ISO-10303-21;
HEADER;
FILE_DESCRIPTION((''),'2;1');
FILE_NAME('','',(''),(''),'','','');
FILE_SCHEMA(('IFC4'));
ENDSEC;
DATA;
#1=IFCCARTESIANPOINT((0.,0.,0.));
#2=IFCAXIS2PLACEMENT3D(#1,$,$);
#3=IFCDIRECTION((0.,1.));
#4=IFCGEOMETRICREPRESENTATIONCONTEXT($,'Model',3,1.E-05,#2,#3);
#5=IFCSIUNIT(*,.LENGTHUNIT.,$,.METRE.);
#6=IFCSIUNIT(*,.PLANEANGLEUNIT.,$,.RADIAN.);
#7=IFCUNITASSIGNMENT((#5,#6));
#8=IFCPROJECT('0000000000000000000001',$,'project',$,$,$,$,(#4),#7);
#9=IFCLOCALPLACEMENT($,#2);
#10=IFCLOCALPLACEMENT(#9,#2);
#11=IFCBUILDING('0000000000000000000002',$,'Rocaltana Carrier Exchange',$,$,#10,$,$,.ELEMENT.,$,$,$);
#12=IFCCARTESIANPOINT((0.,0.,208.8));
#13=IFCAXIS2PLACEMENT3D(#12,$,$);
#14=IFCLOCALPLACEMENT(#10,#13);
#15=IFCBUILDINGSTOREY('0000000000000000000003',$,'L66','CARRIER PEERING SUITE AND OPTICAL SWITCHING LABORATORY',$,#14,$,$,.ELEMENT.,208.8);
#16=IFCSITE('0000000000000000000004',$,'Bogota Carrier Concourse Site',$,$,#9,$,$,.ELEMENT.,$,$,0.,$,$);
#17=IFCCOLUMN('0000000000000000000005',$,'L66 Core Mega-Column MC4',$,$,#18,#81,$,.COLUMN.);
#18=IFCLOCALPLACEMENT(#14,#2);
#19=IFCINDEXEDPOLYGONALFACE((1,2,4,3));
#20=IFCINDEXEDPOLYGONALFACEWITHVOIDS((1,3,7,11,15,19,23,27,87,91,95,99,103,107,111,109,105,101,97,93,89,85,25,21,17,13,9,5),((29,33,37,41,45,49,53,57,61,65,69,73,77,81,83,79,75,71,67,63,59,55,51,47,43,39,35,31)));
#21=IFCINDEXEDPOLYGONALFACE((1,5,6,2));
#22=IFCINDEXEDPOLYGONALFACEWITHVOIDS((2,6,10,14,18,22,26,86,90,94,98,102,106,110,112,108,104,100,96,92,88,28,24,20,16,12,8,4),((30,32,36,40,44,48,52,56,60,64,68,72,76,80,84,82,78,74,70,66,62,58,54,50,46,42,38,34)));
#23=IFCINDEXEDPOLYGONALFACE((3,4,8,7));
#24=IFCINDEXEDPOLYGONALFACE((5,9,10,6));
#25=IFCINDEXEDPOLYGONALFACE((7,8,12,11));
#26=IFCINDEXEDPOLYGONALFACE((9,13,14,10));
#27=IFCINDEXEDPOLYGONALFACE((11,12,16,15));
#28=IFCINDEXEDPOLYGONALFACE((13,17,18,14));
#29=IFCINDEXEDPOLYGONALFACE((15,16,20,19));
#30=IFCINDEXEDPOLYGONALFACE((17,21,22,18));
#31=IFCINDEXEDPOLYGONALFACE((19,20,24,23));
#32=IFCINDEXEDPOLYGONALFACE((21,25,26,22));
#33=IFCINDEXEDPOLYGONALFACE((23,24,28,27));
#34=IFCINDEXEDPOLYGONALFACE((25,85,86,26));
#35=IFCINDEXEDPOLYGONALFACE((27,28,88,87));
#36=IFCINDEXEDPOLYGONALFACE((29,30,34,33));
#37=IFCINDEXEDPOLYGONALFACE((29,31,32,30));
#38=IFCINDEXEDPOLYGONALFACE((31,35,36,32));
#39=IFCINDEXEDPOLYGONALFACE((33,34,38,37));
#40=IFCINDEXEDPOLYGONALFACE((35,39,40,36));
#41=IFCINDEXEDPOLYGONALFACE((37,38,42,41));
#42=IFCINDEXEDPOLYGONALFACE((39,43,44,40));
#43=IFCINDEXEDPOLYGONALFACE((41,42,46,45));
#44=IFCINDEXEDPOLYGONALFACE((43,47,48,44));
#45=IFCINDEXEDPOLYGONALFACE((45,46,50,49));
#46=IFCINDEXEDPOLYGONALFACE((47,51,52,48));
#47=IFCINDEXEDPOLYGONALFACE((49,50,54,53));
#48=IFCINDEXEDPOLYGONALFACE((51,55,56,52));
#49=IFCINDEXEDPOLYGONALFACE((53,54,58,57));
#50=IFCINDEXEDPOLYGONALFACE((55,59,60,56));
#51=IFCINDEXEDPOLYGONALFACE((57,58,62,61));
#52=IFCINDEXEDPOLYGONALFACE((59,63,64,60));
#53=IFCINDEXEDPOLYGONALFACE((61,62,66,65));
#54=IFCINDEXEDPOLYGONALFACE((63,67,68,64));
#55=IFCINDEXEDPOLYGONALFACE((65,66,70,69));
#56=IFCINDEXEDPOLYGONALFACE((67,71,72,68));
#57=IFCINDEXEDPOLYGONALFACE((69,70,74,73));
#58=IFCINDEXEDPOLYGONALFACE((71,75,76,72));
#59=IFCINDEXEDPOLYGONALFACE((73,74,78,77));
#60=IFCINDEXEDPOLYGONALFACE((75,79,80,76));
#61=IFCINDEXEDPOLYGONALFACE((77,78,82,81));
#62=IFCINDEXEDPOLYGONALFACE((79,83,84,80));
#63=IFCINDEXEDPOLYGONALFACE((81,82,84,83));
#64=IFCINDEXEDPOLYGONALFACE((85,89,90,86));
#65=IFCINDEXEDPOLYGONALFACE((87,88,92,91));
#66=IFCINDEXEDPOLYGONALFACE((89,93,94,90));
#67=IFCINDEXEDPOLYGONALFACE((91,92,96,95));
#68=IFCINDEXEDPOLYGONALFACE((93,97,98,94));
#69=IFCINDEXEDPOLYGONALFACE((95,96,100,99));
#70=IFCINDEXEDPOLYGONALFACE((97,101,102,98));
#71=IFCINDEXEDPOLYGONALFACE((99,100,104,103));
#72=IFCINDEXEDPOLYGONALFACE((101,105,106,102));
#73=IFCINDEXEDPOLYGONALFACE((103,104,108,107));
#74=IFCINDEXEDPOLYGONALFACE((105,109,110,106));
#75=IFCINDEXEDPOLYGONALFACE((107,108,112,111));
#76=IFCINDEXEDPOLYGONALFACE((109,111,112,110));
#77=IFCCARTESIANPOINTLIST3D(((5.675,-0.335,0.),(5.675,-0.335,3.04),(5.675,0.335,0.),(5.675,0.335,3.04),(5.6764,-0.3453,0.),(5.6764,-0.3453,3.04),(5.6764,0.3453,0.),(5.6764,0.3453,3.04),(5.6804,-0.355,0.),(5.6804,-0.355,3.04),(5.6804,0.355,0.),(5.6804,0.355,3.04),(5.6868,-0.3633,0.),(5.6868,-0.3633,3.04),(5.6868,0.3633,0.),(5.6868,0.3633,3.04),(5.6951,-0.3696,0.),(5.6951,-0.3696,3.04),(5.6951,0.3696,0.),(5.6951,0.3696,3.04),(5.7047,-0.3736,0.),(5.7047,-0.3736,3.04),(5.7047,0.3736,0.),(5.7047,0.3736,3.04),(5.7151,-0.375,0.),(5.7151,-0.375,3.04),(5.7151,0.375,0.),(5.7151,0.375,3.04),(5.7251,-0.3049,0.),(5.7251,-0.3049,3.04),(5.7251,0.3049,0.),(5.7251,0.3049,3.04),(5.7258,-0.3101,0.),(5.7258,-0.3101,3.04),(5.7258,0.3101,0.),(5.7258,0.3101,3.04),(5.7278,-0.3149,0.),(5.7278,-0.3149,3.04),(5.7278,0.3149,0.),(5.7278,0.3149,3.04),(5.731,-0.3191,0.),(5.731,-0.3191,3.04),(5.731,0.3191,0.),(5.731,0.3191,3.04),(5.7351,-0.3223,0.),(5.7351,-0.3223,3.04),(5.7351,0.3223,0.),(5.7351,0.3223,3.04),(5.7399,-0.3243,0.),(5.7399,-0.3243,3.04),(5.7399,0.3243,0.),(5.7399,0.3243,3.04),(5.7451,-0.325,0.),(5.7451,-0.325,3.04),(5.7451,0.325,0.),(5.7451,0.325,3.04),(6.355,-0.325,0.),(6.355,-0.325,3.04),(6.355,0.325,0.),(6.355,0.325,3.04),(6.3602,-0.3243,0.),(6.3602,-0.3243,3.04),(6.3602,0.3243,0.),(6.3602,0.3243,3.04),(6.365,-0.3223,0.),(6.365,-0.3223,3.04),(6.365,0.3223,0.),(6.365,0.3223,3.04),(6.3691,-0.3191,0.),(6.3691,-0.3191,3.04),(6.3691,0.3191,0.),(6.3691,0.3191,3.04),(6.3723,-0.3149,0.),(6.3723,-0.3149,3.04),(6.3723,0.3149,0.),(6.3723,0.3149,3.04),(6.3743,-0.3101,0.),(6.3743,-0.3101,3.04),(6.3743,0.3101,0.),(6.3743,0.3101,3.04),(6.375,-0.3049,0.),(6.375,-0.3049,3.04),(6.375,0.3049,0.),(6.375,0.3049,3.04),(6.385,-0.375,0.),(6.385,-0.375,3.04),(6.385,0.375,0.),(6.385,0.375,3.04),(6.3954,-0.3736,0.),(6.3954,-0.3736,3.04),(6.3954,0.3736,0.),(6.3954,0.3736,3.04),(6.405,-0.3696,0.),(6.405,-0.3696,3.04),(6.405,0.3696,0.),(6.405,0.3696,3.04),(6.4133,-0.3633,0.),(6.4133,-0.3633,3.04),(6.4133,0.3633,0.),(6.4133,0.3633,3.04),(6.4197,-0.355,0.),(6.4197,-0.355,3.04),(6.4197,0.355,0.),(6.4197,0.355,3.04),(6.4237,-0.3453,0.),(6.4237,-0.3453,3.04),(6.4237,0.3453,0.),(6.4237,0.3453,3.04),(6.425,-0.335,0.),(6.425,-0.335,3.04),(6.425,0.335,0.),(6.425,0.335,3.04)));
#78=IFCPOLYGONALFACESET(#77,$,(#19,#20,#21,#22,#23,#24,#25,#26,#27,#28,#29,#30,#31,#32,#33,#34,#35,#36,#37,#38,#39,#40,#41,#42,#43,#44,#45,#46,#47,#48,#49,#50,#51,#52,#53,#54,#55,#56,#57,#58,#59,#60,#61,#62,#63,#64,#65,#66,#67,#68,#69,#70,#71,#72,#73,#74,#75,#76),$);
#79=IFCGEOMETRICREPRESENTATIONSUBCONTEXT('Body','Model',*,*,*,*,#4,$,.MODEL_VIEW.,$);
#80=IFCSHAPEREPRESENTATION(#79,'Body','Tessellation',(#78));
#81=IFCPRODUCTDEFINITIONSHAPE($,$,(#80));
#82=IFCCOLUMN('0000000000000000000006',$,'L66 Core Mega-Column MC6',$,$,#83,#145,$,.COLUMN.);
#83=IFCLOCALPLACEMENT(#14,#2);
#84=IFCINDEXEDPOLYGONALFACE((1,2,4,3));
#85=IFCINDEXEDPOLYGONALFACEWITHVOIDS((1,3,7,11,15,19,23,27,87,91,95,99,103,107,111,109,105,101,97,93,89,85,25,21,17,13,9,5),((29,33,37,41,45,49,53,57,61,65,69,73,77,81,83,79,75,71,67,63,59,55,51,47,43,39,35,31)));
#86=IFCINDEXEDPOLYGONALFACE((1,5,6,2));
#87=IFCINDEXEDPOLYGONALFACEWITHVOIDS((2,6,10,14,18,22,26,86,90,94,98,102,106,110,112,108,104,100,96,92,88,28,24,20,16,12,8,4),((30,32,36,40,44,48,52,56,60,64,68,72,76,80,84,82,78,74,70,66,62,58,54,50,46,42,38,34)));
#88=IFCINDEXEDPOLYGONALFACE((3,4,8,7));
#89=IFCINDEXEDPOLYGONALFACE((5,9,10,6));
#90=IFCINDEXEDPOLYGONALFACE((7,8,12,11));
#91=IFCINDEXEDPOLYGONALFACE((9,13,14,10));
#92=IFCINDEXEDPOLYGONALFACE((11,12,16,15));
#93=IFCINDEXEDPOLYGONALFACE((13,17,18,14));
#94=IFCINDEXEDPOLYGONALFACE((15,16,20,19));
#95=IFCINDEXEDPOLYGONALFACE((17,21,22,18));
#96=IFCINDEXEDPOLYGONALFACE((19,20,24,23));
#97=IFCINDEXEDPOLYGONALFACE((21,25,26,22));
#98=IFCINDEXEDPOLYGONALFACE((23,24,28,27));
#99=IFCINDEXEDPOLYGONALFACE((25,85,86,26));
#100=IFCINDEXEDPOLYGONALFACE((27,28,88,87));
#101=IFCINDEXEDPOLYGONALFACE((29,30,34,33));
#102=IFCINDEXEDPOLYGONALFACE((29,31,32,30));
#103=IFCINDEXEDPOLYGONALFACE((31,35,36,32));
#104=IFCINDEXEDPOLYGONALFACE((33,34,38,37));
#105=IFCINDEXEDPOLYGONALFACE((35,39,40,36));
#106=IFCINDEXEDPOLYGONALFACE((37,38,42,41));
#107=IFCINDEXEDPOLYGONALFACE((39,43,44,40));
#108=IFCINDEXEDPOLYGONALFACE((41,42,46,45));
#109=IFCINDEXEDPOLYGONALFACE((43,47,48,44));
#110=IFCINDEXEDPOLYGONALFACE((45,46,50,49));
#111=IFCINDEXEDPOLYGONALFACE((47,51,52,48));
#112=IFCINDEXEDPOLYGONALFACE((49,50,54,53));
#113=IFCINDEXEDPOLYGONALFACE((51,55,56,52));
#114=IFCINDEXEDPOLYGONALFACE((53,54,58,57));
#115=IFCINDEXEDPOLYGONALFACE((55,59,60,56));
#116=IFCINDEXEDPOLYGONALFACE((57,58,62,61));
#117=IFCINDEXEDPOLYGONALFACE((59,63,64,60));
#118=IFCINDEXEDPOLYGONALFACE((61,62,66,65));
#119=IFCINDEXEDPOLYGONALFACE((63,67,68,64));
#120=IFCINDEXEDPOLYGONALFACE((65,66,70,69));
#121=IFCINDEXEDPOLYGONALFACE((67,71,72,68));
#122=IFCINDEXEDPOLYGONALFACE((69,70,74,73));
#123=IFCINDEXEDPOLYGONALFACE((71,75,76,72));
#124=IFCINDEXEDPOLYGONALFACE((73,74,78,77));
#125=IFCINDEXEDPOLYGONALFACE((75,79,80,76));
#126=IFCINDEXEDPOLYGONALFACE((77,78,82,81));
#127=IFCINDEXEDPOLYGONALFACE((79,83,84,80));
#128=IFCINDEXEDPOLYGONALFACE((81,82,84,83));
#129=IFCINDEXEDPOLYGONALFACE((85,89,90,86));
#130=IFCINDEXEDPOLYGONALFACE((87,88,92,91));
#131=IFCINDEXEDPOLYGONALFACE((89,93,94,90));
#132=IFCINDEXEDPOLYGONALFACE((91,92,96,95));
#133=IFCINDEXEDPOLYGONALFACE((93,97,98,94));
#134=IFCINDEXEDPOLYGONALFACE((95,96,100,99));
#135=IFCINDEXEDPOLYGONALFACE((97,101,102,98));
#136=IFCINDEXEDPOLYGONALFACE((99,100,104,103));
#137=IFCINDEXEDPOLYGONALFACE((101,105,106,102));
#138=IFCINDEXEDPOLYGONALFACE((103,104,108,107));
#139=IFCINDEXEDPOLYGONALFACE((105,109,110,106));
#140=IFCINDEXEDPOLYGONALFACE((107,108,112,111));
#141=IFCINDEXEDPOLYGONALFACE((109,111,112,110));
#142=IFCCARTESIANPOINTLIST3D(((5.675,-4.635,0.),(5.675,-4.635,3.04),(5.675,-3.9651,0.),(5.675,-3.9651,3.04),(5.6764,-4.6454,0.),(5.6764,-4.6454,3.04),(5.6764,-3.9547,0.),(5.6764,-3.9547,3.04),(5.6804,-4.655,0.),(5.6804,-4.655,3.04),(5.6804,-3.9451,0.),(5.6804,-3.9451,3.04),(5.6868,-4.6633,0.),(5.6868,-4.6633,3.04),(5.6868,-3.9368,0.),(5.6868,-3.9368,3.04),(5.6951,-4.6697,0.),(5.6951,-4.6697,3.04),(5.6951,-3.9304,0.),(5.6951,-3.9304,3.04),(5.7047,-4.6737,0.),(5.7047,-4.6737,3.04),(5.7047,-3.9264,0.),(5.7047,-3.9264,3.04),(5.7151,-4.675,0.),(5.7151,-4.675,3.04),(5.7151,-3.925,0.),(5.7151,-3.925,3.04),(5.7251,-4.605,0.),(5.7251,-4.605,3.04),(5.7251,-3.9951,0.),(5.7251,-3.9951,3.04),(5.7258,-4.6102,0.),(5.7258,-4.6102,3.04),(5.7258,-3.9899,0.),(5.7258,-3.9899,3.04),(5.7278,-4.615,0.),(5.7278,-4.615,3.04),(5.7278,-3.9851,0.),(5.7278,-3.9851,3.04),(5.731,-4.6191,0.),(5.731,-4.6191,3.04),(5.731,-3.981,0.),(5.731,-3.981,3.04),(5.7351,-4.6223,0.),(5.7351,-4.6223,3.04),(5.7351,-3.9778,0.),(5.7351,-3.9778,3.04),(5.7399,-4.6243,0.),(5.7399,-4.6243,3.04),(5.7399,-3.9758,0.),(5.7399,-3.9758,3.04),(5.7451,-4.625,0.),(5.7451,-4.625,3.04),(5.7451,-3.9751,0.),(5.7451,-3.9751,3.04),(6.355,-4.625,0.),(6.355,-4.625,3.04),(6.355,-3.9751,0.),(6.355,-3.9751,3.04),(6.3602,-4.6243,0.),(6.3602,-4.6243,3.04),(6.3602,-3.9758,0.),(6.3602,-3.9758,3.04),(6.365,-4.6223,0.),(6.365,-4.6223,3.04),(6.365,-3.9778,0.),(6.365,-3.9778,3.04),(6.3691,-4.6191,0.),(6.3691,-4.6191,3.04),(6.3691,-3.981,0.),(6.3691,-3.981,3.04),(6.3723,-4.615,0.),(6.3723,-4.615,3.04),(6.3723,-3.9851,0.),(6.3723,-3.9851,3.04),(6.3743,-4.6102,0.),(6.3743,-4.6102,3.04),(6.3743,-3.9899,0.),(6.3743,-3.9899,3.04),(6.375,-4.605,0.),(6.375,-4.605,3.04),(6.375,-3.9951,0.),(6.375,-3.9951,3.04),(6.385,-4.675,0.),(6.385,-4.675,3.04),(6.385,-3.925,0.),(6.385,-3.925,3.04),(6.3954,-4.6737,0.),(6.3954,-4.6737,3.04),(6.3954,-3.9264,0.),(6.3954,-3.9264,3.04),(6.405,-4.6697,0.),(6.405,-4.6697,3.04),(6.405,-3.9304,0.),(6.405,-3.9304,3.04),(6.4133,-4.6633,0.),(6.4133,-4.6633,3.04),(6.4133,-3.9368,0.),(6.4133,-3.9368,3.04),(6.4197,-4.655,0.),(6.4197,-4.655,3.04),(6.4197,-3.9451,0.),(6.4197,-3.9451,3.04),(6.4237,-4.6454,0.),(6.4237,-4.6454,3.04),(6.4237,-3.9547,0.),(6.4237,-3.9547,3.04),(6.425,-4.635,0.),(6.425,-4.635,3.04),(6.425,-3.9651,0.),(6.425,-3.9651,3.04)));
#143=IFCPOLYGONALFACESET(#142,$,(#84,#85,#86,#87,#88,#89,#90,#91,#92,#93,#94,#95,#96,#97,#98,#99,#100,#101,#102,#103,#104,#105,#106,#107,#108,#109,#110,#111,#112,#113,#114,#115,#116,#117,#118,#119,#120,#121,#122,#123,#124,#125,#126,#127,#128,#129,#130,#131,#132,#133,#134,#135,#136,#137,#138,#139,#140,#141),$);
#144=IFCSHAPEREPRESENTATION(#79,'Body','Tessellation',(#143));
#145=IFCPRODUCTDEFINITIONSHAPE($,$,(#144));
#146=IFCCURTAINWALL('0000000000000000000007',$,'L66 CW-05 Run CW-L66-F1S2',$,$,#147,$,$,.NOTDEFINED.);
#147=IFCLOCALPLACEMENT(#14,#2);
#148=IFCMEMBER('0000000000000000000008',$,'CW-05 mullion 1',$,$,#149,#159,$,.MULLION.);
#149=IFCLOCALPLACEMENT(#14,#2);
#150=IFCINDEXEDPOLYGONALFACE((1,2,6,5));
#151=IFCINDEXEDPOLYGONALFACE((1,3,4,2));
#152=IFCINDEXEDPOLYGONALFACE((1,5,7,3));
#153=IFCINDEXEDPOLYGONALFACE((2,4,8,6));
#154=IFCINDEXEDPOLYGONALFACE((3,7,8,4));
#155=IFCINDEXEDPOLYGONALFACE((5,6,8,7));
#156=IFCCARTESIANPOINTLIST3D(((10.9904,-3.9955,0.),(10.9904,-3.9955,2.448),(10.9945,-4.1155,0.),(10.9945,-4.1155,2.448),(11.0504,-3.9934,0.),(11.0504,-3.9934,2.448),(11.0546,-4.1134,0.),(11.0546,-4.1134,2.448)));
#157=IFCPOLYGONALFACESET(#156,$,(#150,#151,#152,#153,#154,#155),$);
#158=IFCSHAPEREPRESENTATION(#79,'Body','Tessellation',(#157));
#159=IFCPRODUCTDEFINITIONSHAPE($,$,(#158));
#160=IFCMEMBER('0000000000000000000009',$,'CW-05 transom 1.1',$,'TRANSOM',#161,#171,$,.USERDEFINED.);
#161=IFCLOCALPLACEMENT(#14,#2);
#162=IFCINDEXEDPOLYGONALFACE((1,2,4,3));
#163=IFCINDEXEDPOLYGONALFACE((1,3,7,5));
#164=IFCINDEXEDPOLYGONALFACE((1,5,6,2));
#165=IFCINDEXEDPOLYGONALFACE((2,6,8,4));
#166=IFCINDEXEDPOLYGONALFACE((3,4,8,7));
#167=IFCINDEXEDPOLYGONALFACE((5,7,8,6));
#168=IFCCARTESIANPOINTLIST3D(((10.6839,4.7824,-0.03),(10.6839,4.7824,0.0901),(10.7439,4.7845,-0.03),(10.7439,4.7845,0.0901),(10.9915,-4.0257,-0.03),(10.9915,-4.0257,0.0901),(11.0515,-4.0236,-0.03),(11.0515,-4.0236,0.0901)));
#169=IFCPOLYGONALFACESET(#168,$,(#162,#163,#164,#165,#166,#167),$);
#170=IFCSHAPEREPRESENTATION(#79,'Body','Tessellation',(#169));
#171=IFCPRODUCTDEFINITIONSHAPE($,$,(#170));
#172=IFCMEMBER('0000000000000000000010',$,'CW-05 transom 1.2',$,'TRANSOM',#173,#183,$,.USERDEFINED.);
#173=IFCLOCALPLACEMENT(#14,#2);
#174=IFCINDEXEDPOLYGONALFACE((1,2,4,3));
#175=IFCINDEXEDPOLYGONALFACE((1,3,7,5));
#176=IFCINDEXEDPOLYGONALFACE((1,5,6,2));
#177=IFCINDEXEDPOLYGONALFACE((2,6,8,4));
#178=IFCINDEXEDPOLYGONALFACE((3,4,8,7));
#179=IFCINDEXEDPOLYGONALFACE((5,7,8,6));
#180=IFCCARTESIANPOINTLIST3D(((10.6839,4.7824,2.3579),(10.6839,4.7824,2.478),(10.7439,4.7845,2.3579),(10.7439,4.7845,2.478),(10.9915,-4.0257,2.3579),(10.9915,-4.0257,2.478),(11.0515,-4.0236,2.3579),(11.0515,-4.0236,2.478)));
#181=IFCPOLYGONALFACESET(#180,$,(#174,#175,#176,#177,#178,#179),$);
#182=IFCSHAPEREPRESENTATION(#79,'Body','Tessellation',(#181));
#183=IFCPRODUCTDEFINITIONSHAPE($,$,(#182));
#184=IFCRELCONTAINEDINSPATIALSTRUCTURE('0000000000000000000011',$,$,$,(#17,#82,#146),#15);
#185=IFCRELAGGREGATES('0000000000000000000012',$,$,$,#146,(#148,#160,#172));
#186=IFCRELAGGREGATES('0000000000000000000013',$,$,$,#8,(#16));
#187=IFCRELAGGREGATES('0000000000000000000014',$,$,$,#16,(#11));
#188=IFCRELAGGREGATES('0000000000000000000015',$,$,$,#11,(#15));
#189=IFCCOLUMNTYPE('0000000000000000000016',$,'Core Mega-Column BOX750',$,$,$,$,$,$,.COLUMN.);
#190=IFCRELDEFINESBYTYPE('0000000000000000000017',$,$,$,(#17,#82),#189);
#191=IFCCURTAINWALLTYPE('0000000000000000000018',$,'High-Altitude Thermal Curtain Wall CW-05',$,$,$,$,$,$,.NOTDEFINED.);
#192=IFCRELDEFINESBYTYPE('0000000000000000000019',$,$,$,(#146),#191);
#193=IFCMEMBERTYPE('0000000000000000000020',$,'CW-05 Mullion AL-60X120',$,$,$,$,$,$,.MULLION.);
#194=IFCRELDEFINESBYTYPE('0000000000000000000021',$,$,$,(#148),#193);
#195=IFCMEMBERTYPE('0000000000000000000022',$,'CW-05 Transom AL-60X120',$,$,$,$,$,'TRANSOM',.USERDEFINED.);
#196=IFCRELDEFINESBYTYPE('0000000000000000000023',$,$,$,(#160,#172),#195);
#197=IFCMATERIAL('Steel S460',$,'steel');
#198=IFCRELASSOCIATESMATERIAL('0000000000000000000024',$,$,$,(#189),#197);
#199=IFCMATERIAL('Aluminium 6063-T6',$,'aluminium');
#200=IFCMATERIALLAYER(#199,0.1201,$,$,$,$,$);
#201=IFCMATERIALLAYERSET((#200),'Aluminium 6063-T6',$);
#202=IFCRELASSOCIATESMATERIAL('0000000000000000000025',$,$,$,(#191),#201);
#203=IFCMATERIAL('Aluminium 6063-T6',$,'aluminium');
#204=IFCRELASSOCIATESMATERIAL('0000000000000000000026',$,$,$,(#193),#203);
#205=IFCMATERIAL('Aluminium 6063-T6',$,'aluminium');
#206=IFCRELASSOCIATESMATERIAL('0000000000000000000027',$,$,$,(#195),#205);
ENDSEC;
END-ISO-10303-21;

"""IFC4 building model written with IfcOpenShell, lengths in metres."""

from ifc_helpers import new_model, si_unit, direction, frame, origin, origin_2d, place, context, subcontext, project, spatial, rectangle, hollow_rectangle, extrude, material, layer, layer_set, material_profile, profile_set, type_object, element, aggregate, save


model = new_model("IFC4")

# Units and contexts
model_context = context("Model", 3, precision=1e-05, world=origin(), true_north=direction((0.0, 1.0)))
body_context = subcontext(model_context, "Body", "Model", "MODEL_VIEW")
ifc_project = project(units=[si_unit("LENGTHUNIT", "METRE"), si_unit("PLANEANGLEUNIT", "RADIAN")], contexts=[model_context])

# Site, building, storey
site_placement = place(None, origin())
site = spatial("IfcSite", under=ifc_project, at=site_placement, Name="Bogota Carrier Concourse Site", CompositionType="ELEMENT", RefElevation=0.0)
building_placement = place(site_placement, origin())
building = spatial("IfcBuilding", under=site, at=building_placement, Name="Rocaltana Carrier Exchange", CompositionType="ELEMENT")
storey_placement = place(building_placement, frame((0.0, 0.0, 208.8)))
storey = spatial("IfcBuildingStorey", under=building, at=storey_placement, Name="L66", Description="CARRIER PEERING SUITE AND OPTICAL SWITCHING LABORATORY", CompositionType="ELEMENT", Elevation=208.8)

# Columns
ifc_material_1 = material(Name="Steel S460", Category="steel")
ifc_material_profile_1 = material_profile(ifc_material_1, hollow_rectangle(XDim=0.75, YDim=0.75, WallThickness=0.05, InnerFilletRadius=0.02, OuterFilletRadius=0.04, at=origin_2d()), Name="BOX750X750X50")
ifc_profile_set_1 = profile_set([ifc_material_profile_1], Name="Steel S460")
column_type = type_object("IfcColumnType", Name="Core Mega-Column BOX750", PredefinedType="COLUMN", material=ifc_profile_set_1)
for number, where, z_axis, x_axis, name in (
    (1, (6.05, 0.0, 0.0), (0.0, 0.0, 1.0), (1.0, 0.0, 0.0), "L66 Core Mega-Column MC4"),
    (2, (6.05, -4.3, 0.0), (0.0, 0.0, 1.0), (1.0, 0.0, 0.0), "L66 Core Mega-Column MC6"),
):
    element("IfcColumn", number, at=place(storey_placement, frame(where, z_axis=z_axis, x_axis=x_axis)), inside=storey, type_object=column_type, Name=name, PredefinedType="COLUMN", context=body_context, shape_type="SweptSolid", body=[
        extrude(hollow_rectangle(XDim=0.75, YDim=0.75, WallThickness=0.05, InnerFilletRadius=0.02, OuterFilletRadius=0.04, at=origin_2d()), origin(), (0.0, 0.0, 1.0), 3.04),
    ])

# Curtain wall, members
ifc_material_2 = material(Name="Aluminium 6063-T6", Category="aluminium")
ifc_layer_1 = layer(ifc_material_2, 0.1201)
ifc_layer_set_1 = layer_set([ifc_layer_1], Name="Aluminium 6063-T6")
curtain_wall_type = type_object("IfcCurtainWallType", Name="High-Altitude Thermal Curtain Wall CW-05", PredefinedType="NOTDEFINED", material=ifc_layer_set_1)
curtain_wall_placement = place(storey_placement, origin())
curtain_wall = element("IfcCurtainWall", 3, at=curtain_wall_placement, inside=storey, type_object=curtain_wall_type, Name="L66 CW-05 Run CW-L66-F1S2", PredefinedType="NOTDEFINED")
ifc_material_3 = material(Name="Aluminium 6063-T6", Category="aluminium")
ifc_material_profile_2 = material_profile(ifc_material_3, rectangle(XDim=0.0601, YDim=0.1201, at=origin_2d()), Name="AL-60X120")
ifc_profile_set_2 = profile_set([ifc_material_profile_2], Name="Aluminium 6063-T6")
member_type_1 = type_object("IfcMemberType", Name="CW-05 Mullion AL-60X120", PredefinedType="MULLION", material=ifc_profile_set_2)
member_1_placement = place(storey_placement, frame((11.0225, -4.0544, 0.0), z_axis=(0.0, 0.0, 1.0), x_axis=(-0.999391, -0.034903, 0.0)))
member_1 = element("IfcMember", 4, at=member_1_placement, type_object=member_type_1, Name="CW-05 mullion 1", PredefinedType="MULLION", context=body_context, shape_type="SweptSolid", body=[
    extrude(rectangle(XDim=0.0601, YDim=0.1201, at=origin_2d()), origin(), (0.0, 0.0, 1.0), 2.448),
])
ifc_material_4 = material(Name="Aluminium 6063-T6", Category="aluminium")
ifc_material_profile_3 = material_profile(ifc_material_4, rectangle(XDim=0.0601, YDim=0.1201, at=origin_2d()), Name="AL-60X120")
ifc_profile_set_3 = profile_set([ifc_material_profile_3], Name="Aluminium 6063-T6")
member_type_2 = type_object("IfcMemberType", Name="CW-05 Transom AL-60X120", ElementType="TRANSOM", PredefinedType="USERDEFINED", material=ifc_profile_set_3)
member_2_placement = place(storey_placement, frame((11.0215, -4.0247, 0.03), z_axis=(-0.034903, 0.999391, 0.0), x_axis=(-0.999391, -0.034903, 0.0)))
member_2 = element("IfcMember", 5, at=member_2_placement, type_object=member_type_2, Name="CW-05 transom 1.1", ObjectType="TRANSOM", PredefinedType="USERDEFINED", context=body_context, shape_type="SweptSolid", body=[
    extrude(rectangle(XDim=0.0601, YDim=0.1201, at=origin_2d()), origin(), (0.0, 0.0, 1.0), 8.8135),
])
member_3_placement = place(storey_placement, frame((11.0215, -4.0247, 2.418), z_axis=(-0.034903, 0.999391, 0.0), x_axis=(-0.999391, -0.034903, 0.0)))
member_3 = element("IfcMember", 6, at=member_3_placement, type_object=member_type_2, Name="CW-05 transom 1.2", ObjectType="TRANSOM", PredefinedType="USERDEFINED", context=body_context, shape_type="SweptSolid", body=[
    extrude(rectangle(XDim=0.0601, YDim=0.1201, at=origin_2d()), origin(), (0.0, 0.0, 1.0), 8.8135),
])
aggregate(curtain_wall, [member_1, member_2, member_3])

save(model, "model.ifc")
